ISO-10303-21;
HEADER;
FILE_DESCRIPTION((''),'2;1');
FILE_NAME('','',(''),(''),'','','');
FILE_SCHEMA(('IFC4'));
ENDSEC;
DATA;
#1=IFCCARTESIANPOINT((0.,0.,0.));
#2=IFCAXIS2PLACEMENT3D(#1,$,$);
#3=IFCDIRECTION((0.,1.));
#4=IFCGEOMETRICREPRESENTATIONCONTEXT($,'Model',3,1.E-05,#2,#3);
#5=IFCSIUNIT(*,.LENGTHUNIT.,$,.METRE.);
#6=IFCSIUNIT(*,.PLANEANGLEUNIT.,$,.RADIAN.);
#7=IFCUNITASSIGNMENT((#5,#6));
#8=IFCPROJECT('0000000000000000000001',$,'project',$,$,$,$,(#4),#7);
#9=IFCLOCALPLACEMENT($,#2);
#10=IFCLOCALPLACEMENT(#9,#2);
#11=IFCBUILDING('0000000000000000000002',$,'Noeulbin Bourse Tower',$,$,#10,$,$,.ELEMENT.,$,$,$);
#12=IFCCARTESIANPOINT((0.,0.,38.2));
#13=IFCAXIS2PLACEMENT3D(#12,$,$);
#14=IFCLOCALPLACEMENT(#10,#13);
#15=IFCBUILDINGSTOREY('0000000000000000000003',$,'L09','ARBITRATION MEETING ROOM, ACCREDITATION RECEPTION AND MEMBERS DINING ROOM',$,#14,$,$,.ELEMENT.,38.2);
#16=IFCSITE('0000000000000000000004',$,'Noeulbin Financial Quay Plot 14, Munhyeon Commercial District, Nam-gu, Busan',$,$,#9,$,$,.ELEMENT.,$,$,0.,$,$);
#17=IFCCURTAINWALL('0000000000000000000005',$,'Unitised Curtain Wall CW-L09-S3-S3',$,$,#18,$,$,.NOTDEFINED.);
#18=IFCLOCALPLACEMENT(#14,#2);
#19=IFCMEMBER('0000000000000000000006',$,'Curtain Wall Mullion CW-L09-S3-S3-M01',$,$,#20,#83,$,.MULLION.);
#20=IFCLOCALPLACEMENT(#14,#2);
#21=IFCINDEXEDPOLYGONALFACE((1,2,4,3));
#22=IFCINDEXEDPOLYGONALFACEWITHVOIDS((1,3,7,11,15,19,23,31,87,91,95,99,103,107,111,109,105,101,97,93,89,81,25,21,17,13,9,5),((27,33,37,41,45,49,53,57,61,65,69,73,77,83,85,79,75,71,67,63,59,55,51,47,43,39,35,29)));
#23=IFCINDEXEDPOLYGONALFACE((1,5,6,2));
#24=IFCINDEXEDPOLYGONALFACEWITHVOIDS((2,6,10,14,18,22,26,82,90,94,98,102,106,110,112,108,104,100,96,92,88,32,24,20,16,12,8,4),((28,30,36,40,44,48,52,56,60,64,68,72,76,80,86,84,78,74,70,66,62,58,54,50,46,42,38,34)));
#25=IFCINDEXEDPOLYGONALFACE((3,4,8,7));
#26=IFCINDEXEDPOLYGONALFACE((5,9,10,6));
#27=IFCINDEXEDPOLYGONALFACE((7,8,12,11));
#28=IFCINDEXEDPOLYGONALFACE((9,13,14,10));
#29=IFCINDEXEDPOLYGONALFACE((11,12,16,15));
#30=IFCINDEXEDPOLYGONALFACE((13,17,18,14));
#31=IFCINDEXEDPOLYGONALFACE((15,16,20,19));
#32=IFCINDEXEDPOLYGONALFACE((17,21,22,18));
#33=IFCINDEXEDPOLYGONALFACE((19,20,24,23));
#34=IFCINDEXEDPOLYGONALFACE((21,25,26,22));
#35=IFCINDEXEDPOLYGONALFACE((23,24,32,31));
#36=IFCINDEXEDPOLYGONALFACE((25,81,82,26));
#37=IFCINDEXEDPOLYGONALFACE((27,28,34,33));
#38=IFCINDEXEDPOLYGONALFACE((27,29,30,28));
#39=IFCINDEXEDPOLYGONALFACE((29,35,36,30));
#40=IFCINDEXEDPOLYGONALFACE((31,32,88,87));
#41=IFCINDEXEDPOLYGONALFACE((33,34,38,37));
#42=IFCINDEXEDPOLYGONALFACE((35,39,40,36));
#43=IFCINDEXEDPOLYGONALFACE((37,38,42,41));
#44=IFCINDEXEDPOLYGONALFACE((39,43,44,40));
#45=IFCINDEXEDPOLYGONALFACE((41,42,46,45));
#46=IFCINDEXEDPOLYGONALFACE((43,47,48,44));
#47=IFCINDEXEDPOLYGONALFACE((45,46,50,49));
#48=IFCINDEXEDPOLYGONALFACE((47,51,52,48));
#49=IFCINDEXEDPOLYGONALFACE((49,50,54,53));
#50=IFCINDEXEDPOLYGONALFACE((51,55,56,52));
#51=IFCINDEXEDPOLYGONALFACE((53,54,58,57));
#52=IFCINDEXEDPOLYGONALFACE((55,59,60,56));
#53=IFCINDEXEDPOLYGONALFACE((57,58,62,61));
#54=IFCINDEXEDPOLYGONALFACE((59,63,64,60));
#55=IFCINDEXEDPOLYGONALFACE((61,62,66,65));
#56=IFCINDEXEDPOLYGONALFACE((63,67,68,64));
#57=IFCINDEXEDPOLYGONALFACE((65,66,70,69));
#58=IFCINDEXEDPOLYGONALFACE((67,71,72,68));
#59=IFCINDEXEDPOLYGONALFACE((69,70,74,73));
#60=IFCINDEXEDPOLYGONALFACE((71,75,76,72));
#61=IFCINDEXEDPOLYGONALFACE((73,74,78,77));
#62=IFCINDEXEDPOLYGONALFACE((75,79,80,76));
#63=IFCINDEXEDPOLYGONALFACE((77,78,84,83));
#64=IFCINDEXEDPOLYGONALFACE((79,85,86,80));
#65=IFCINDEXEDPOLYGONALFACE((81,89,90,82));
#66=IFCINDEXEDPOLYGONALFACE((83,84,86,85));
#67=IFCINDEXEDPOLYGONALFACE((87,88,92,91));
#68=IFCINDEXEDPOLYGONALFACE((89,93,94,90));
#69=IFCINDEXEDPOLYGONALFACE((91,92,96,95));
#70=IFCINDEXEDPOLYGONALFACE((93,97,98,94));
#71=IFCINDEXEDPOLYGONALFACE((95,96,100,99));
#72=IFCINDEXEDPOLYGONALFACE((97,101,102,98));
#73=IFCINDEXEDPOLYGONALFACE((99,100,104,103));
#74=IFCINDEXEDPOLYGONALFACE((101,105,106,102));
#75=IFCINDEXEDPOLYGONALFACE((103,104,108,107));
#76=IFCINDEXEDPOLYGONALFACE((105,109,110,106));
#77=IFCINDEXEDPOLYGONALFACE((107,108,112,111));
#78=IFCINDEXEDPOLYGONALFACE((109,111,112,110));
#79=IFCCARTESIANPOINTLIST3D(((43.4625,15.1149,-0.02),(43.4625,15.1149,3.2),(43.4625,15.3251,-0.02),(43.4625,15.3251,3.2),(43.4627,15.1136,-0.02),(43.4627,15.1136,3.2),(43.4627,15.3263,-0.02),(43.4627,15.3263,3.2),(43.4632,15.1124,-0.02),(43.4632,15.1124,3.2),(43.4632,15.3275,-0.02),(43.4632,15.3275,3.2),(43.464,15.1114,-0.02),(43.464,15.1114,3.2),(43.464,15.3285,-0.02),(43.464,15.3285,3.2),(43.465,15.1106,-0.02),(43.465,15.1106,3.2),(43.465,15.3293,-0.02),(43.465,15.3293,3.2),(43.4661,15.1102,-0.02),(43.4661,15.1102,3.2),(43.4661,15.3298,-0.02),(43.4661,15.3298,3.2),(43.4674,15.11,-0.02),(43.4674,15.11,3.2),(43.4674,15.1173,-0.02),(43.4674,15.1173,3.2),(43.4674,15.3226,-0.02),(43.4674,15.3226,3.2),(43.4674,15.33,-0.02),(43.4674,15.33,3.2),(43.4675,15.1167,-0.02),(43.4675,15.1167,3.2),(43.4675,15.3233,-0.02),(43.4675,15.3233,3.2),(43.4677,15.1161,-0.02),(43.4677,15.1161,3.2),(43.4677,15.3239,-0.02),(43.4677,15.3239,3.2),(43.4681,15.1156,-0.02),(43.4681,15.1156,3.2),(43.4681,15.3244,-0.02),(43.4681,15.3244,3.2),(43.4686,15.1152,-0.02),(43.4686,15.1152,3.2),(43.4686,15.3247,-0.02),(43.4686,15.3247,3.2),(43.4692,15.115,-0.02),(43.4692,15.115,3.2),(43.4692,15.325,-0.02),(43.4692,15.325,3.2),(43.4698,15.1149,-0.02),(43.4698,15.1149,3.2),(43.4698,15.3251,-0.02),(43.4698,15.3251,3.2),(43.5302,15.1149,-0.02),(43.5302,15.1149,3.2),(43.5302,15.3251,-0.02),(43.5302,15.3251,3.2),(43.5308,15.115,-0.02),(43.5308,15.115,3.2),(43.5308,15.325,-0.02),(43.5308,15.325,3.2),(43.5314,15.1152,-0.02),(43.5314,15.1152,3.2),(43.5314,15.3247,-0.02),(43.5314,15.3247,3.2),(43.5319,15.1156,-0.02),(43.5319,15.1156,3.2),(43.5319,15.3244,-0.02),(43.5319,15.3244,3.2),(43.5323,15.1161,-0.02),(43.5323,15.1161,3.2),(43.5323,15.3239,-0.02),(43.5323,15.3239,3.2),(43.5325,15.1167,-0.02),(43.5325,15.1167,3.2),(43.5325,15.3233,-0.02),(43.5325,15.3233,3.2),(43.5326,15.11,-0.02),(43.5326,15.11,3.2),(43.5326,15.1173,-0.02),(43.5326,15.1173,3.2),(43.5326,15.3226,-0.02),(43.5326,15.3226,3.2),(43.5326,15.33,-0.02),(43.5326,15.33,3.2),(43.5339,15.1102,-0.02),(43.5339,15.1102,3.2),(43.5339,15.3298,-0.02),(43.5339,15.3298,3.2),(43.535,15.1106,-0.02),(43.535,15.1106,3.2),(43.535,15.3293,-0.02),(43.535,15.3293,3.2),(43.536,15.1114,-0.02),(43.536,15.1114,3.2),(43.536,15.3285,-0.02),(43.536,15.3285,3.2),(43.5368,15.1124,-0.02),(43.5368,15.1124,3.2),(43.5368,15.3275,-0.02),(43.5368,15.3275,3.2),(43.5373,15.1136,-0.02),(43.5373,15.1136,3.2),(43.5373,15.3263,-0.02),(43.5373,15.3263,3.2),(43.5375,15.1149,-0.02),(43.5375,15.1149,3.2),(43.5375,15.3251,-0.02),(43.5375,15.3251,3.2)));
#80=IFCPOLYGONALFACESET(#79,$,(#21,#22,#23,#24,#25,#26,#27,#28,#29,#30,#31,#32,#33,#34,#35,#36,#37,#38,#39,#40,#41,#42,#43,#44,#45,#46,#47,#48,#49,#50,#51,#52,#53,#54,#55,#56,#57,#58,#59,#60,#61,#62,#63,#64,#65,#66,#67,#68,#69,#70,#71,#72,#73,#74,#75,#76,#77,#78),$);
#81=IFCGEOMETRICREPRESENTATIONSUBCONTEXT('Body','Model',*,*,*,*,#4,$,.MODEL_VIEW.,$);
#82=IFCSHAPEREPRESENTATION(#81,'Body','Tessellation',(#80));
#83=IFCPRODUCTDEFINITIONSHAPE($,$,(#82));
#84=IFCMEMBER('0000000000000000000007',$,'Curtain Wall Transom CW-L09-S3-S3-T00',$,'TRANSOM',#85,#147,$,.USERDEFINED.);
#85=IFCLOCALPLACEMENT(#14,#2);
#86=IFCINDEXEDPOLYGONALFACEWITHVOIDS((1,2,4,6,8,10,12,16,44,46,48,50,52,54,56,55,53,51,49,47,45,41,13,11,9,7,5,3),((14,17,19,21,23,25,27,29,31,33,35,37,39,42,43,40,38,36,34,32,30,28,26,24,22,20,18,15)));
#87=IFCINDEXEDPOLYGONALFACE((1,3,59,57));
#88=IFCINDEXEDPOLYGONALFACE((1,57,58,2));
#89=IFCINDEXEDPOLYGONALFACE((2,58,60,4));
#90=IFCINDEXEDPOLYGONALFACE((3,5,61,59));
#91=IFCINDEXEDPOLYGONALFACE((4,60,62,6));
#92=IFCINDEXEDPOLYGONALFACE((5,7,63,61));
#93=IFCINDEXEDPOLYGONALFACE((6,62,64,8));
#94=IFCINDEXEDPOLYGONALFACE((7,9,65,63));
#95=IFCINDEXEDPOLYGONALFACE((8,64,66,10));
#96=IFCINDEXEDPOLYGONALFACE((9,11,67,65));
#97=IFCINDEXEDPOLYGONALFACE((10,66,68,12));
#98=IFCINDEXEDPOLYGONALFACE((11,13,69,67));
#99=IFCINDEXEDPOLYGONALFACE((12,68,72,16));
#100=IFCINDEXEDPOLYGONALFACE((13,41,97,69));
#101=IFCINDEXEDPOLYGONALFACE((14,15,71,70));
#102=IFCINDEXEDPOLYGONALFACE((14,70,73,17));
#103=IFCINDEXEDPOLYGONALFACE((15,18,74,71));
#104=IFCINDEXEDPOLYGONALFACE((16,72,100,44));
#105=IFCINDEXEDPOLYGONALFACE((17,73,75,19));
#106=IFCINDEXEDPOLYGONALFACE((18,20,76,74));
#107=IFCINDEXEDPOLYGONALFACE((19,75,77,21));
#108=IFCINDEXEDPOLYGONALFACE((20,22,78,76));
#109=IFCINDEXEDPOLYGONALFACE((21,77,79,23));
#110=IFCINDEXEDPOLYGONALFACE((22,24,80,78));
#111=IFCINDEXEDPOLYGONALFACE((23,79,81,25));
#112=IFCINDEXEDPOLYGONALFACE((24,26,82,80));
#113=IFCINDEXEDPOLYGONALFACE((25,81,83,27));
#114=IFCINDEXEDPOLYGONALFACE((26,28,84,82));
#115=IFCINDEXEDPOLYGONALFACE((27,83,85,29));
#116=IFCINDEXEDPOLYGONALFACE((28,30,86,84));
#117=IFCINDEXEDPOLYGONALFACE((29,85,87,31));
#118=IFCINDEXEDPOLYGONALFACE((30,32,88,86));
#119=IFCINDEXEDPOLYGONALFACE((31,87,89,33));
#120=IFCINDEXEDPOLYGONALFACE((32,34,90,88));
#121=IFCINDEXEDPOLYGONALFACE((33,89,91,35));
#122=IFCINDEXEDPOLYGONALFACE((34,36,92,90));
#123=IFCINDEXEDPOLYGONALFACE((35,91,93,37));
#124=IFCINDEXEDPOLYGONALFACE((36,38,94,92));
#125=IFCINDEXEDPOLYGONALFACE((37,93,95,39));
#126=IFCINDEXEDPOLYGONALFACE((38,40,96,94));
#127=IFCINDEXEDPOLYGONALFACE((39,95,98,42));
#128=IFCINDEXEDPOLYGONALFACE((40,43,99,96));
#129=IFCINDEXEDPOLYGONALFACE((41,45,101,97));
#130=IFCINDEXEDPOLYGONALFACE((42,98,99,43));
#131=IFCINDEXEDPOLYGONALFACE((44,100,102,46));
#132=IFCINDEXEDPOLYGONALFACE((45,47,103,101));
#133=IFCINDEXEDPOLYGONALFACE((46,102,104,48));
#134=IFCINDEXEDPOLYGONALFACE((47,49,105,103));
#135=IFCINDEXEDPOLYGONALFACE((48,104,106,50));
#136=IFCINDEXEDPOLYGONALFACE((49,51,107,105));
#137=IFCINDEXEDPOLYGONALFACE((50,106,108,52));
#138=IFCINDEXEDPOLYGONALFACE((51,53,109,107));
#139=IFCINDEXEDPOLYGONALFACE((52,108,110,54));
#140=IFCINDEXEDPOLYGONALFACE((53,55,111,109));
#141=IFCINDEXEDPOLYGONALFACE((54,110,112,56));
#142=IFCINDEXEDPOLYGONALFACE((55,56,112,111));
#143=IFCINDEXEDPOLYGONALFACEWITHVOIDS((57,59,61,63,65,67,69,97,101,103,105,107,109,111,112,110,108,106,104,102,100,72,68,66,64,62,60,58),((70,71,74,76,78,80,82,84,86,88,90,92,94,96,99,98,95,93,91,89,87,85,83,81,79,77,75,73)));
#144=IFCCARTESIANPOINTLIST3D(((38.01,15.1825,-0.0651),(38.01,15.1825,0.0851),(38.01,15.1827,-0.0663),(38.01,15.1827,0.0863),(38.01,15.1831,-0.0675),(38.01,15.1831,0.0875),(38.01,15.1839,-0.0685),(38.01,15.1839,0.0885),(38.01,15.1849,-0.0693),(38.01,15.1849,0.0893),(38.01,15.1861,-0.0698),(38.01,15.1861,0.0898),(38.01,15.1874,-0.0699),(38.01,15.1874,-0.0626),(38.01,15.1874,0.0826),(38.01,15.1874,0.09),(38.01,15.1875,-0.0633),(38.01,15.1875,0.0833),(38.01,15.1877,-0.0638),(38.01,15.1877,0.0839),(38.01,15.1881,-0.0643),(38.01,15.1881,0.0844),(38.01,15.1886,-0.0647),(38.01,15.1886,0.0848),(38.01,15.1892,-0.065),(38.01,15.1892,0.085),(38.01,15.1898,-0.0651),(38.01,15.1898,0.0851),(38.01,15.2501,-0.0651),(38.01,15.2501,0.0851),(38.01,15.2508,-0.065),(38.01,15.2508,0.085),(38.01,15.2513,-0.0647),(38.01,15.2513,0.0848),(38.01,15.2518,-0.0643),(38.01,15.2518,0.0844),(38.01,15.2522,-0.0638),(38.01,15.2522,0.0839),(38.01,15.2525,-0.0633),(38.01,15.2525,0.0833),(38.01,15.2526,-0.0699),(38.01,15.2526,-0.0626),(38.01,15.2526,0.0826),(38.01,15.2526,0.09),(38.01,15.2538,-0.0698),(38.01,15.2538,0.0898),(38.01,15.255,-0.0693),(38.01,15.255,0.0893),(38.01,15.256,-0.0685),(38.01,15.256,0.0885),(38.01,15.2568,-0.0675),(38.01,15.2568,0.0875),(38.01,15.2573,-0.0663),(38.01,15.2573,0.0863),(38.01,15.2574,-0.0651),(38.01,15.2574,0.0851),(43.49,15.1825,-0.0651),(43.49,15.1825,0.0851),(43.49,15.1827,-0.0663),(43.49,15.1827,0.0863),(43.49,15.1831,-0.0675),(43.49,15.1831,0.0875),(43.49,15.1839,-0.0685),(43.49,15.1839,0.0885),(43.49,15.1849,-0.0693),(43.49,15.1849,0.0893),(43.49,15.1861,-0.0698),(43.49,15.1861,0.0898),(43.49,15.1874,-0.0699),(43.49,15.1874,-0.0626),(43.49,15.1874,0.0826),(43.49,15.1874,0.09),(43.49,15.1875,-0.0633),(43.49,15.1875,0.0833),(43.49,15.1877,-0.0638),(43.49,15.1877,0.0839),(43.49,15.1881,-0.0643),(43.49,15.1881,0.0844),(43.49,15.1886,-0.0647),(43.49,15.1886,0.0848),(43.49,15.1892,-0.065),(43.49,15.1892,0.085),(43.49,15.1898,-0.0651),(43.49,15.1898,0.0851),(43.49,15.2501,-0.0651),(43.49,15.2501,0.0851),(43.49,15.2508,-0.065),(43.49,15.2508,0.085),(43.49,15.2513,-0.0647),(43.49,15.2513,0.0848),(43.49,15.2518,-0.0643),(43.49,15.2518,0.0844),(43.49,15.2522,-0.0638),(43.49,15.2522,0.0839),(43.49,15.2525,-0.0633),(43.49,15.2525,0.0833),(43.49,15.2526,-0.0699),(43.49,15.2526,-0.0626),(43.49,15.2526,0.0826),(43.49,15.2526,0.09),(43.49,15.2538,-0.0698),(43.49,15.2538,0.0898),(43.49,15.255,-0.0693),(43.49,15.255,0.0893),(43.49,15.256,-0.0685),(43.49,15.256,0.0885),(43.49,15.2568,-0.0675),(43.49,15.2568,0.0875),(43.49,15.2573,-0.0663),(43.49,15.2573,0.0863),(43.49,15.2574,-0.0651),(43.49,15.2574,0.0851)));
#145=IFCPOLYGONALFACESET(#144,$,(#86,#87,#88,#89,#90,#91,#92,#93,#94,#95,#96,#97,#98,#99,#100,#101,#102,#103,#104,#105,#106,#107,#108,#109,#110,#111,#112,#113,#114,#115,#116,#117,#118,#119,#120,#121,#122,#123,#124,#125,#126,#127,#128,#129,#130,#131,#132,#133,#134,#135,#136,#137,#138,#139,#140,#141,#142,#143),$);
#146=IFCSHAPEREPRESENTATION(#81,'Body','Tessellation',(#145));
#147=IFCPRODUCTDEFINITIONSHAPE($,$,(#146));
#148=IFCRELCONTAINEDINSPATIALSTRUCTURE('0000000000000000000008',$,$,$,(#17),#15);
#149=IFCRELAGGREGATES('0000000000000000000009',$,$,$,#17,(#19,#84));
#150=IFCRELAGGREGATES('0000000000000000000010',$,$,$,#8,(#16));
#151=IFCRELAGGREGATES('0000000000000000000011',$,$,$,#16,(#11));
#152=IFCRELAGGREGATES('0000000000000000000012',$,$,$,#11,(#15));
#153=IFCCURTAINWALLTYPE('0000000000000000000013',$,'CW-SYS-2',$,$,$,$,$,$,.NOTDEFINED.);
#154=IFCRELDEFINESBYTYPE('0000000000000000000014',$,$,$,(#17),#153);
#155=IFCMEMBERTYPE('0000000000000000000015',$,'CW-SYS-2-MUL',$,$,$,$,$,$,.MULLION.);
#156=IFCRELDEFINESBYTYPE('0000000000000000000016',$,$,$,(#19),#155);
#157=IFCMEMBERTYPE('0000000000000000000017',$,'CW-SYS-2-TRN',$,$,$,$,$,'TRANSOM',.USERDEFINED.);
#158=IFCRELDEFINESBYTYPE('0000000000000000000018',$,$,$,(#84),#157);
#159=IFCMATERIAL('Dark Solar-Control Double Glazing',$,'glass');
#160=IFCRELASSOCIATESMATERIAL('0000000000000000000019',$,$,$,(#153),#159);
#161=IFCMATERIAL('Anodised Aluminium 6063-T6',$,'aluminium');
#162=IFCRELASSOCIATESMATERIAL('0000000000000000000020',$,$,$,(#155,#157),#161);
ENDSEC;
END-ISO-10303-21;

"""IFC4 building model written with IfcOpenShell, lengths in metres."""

from ifc_helpers import new_model, si_unit, direction, frame, origin, origin_2d, place, context, subcontext, project, spatial, hollow_rectangle, extrude, material, material_profile, profile_set, type_object, element, aggregate, save


model = new_model("IFC4")

# Units and contexts
model_context = context("Model", 3, precision=1e-05, world=origin(), true_north=direction((0.0, 1.0)))
body_context = subcontext(model_context, "Body", "Model", "MODEL_VIEW")
ifc_project = project(units=[si_unit("LENGTHUNIT", "METRE"), si_unit("PLANEANGLEUNIT", "RADIAN")], contexts=[model_context])

# Site, building, storey
site_placement = place(None, origin())
site = spatial("IfcSite", under=ifc_project, at=site_placement, Name="Noeulbin Financial Quay Plot 14, Munhyeon Commercial District, Nam-gu, Busan", CompositionType="ELEMENT", RefElevation=0.0)
building_placement = place(site_placement, origin())
building = spatial("IfcBuilding", under=site, at=building_placement, Name="Noeulbin Bourse Tower", CompositionType="ELEMENT")
storey_placement = place(building_placement, frame((0.0, 0.0, 38.2)))
storey = spatial("IfcBuildingStorey", under=building, at=storey_placement, Name="L09", Description="ARBITRATION MEETING ROOM, ACCREDITATION RECEPTION AND MEMBERS DINING ROOM", CompositionType="ELEMENT", Elevation=38.2)

# Curtain wall, members
ifc_material_1 = material(Name="Dark Solar-Control Double Glazing", Category="glass")
curtain_wall_type = type_object("IfcCurtainWallType", Name="CW-SYS-2", PredefinedType="NOTDEFINED", material=ifc_material_1)
curtain_wall_placement = place(storey_placement, origin())
curtain_wall = element("IfcCurtainWall", 1, at=curtain_wall_placement, inside=storey, type_object=curtain_wall_type, Name="Unitised Curtain Wall CW-L09-S3-S3", PredefinedType="NOTDEFINED")
ifc_material_2 = material(Name="Anodised Aluminium 6063-T6", Category="aluminium")
ifc_material_profile_1 = material_profile(ifc_material_2, hollow_rectangle(XDim=0.075, YDim=0.22, WallThickness=0.0049, InnerFilletRadius=0.0024, OuterFilletRadius=0.0049, at=origin_2d()), Name="ALU-MULL-75x220x5", Category="LoadBearing")
ifc_profile_set_1 = profile_set([ifc_material_profile_1], Name="Anodised Aluminium 6063-T6")
member_type_1 = type_object("IfcMemberType", Name="CW-SYS-2-MUL", PredefinedType="MULLION", material=ifc_profile_set_1)
member_1_placement = place(storey_placement, frame((43.5, 15.22, -0.02), z_axis=(0.0, 0.0, 1.0), x_axis=(1.0, 0.0, 0.0)))
member_1 = element("IfcMember", 2, at=member_1_placement, type_object=member_type_1, Name="Curtain Wall Mullion CW-L09-S3-S3-M01", PredefinedType="MULLION", context=body_context, shape_type="SweptSolid", body=[
    extrude(hollow_rectangle(XDim=0.075, YDim=0.22, WallThickness=0.0049, InnerFilletRadius=0.0024, OuterFilletRadius=0.0049, at=origin_2d()), origin(), (0.0, 0.0, 1.0), 3.22),
])
ifc_material_profile_2 = material_profile(ifc_material_2, hollow_rectangle(XDim=0.075, YDim=0.1599, WallThickness=0.0049, InnerFilletRadius=0.0024, OuterFilletRadius=0.0049, at=origin_2d()), Name="ALU-TRAN-75x160x5", Category="LoadBearing")
ifc_profile_set_2 = profile_set([ifc_material_profile_2], Name="Anodised Aluminium 6063-T6")
member_type_2 = type_object("IfcMemberType", Name="CW-SYS-2-TRN", ElementType="TRANSOM", PredefinedType="USERDEFINED", material=ifc_profile_set_2)
member_2_placement = place(storey_placement, frame((38.01, 15.22, 0.01), z_axis=(1.0, 0.0, 0.0), x_axis=(0.0, 1.0, 0.0)))
member_2 = element("IfcMember", 3, at=member_2_placement, type_object=member_type_2, Name="Curtain Wall Transom CW-L09-S3-S3-T00", ObjectType="TRANSOM", PredefinedType="USERDEFINED", context=body_context, shape_type="SweptSolid", body=[
    extrude(hollow_rectangle(XDim=0.075, YDim=0.1599, WallThickness=0.0049, InnerFilletRadius=0.0024, OuterFilletRadius=0.0049, at=origin_2d()), origin(), (0.0, 0.0, 1.0), 5.48),
])
aggregate(curtain_wall, [member_1, member_2])

save(model, "model.ifc")
